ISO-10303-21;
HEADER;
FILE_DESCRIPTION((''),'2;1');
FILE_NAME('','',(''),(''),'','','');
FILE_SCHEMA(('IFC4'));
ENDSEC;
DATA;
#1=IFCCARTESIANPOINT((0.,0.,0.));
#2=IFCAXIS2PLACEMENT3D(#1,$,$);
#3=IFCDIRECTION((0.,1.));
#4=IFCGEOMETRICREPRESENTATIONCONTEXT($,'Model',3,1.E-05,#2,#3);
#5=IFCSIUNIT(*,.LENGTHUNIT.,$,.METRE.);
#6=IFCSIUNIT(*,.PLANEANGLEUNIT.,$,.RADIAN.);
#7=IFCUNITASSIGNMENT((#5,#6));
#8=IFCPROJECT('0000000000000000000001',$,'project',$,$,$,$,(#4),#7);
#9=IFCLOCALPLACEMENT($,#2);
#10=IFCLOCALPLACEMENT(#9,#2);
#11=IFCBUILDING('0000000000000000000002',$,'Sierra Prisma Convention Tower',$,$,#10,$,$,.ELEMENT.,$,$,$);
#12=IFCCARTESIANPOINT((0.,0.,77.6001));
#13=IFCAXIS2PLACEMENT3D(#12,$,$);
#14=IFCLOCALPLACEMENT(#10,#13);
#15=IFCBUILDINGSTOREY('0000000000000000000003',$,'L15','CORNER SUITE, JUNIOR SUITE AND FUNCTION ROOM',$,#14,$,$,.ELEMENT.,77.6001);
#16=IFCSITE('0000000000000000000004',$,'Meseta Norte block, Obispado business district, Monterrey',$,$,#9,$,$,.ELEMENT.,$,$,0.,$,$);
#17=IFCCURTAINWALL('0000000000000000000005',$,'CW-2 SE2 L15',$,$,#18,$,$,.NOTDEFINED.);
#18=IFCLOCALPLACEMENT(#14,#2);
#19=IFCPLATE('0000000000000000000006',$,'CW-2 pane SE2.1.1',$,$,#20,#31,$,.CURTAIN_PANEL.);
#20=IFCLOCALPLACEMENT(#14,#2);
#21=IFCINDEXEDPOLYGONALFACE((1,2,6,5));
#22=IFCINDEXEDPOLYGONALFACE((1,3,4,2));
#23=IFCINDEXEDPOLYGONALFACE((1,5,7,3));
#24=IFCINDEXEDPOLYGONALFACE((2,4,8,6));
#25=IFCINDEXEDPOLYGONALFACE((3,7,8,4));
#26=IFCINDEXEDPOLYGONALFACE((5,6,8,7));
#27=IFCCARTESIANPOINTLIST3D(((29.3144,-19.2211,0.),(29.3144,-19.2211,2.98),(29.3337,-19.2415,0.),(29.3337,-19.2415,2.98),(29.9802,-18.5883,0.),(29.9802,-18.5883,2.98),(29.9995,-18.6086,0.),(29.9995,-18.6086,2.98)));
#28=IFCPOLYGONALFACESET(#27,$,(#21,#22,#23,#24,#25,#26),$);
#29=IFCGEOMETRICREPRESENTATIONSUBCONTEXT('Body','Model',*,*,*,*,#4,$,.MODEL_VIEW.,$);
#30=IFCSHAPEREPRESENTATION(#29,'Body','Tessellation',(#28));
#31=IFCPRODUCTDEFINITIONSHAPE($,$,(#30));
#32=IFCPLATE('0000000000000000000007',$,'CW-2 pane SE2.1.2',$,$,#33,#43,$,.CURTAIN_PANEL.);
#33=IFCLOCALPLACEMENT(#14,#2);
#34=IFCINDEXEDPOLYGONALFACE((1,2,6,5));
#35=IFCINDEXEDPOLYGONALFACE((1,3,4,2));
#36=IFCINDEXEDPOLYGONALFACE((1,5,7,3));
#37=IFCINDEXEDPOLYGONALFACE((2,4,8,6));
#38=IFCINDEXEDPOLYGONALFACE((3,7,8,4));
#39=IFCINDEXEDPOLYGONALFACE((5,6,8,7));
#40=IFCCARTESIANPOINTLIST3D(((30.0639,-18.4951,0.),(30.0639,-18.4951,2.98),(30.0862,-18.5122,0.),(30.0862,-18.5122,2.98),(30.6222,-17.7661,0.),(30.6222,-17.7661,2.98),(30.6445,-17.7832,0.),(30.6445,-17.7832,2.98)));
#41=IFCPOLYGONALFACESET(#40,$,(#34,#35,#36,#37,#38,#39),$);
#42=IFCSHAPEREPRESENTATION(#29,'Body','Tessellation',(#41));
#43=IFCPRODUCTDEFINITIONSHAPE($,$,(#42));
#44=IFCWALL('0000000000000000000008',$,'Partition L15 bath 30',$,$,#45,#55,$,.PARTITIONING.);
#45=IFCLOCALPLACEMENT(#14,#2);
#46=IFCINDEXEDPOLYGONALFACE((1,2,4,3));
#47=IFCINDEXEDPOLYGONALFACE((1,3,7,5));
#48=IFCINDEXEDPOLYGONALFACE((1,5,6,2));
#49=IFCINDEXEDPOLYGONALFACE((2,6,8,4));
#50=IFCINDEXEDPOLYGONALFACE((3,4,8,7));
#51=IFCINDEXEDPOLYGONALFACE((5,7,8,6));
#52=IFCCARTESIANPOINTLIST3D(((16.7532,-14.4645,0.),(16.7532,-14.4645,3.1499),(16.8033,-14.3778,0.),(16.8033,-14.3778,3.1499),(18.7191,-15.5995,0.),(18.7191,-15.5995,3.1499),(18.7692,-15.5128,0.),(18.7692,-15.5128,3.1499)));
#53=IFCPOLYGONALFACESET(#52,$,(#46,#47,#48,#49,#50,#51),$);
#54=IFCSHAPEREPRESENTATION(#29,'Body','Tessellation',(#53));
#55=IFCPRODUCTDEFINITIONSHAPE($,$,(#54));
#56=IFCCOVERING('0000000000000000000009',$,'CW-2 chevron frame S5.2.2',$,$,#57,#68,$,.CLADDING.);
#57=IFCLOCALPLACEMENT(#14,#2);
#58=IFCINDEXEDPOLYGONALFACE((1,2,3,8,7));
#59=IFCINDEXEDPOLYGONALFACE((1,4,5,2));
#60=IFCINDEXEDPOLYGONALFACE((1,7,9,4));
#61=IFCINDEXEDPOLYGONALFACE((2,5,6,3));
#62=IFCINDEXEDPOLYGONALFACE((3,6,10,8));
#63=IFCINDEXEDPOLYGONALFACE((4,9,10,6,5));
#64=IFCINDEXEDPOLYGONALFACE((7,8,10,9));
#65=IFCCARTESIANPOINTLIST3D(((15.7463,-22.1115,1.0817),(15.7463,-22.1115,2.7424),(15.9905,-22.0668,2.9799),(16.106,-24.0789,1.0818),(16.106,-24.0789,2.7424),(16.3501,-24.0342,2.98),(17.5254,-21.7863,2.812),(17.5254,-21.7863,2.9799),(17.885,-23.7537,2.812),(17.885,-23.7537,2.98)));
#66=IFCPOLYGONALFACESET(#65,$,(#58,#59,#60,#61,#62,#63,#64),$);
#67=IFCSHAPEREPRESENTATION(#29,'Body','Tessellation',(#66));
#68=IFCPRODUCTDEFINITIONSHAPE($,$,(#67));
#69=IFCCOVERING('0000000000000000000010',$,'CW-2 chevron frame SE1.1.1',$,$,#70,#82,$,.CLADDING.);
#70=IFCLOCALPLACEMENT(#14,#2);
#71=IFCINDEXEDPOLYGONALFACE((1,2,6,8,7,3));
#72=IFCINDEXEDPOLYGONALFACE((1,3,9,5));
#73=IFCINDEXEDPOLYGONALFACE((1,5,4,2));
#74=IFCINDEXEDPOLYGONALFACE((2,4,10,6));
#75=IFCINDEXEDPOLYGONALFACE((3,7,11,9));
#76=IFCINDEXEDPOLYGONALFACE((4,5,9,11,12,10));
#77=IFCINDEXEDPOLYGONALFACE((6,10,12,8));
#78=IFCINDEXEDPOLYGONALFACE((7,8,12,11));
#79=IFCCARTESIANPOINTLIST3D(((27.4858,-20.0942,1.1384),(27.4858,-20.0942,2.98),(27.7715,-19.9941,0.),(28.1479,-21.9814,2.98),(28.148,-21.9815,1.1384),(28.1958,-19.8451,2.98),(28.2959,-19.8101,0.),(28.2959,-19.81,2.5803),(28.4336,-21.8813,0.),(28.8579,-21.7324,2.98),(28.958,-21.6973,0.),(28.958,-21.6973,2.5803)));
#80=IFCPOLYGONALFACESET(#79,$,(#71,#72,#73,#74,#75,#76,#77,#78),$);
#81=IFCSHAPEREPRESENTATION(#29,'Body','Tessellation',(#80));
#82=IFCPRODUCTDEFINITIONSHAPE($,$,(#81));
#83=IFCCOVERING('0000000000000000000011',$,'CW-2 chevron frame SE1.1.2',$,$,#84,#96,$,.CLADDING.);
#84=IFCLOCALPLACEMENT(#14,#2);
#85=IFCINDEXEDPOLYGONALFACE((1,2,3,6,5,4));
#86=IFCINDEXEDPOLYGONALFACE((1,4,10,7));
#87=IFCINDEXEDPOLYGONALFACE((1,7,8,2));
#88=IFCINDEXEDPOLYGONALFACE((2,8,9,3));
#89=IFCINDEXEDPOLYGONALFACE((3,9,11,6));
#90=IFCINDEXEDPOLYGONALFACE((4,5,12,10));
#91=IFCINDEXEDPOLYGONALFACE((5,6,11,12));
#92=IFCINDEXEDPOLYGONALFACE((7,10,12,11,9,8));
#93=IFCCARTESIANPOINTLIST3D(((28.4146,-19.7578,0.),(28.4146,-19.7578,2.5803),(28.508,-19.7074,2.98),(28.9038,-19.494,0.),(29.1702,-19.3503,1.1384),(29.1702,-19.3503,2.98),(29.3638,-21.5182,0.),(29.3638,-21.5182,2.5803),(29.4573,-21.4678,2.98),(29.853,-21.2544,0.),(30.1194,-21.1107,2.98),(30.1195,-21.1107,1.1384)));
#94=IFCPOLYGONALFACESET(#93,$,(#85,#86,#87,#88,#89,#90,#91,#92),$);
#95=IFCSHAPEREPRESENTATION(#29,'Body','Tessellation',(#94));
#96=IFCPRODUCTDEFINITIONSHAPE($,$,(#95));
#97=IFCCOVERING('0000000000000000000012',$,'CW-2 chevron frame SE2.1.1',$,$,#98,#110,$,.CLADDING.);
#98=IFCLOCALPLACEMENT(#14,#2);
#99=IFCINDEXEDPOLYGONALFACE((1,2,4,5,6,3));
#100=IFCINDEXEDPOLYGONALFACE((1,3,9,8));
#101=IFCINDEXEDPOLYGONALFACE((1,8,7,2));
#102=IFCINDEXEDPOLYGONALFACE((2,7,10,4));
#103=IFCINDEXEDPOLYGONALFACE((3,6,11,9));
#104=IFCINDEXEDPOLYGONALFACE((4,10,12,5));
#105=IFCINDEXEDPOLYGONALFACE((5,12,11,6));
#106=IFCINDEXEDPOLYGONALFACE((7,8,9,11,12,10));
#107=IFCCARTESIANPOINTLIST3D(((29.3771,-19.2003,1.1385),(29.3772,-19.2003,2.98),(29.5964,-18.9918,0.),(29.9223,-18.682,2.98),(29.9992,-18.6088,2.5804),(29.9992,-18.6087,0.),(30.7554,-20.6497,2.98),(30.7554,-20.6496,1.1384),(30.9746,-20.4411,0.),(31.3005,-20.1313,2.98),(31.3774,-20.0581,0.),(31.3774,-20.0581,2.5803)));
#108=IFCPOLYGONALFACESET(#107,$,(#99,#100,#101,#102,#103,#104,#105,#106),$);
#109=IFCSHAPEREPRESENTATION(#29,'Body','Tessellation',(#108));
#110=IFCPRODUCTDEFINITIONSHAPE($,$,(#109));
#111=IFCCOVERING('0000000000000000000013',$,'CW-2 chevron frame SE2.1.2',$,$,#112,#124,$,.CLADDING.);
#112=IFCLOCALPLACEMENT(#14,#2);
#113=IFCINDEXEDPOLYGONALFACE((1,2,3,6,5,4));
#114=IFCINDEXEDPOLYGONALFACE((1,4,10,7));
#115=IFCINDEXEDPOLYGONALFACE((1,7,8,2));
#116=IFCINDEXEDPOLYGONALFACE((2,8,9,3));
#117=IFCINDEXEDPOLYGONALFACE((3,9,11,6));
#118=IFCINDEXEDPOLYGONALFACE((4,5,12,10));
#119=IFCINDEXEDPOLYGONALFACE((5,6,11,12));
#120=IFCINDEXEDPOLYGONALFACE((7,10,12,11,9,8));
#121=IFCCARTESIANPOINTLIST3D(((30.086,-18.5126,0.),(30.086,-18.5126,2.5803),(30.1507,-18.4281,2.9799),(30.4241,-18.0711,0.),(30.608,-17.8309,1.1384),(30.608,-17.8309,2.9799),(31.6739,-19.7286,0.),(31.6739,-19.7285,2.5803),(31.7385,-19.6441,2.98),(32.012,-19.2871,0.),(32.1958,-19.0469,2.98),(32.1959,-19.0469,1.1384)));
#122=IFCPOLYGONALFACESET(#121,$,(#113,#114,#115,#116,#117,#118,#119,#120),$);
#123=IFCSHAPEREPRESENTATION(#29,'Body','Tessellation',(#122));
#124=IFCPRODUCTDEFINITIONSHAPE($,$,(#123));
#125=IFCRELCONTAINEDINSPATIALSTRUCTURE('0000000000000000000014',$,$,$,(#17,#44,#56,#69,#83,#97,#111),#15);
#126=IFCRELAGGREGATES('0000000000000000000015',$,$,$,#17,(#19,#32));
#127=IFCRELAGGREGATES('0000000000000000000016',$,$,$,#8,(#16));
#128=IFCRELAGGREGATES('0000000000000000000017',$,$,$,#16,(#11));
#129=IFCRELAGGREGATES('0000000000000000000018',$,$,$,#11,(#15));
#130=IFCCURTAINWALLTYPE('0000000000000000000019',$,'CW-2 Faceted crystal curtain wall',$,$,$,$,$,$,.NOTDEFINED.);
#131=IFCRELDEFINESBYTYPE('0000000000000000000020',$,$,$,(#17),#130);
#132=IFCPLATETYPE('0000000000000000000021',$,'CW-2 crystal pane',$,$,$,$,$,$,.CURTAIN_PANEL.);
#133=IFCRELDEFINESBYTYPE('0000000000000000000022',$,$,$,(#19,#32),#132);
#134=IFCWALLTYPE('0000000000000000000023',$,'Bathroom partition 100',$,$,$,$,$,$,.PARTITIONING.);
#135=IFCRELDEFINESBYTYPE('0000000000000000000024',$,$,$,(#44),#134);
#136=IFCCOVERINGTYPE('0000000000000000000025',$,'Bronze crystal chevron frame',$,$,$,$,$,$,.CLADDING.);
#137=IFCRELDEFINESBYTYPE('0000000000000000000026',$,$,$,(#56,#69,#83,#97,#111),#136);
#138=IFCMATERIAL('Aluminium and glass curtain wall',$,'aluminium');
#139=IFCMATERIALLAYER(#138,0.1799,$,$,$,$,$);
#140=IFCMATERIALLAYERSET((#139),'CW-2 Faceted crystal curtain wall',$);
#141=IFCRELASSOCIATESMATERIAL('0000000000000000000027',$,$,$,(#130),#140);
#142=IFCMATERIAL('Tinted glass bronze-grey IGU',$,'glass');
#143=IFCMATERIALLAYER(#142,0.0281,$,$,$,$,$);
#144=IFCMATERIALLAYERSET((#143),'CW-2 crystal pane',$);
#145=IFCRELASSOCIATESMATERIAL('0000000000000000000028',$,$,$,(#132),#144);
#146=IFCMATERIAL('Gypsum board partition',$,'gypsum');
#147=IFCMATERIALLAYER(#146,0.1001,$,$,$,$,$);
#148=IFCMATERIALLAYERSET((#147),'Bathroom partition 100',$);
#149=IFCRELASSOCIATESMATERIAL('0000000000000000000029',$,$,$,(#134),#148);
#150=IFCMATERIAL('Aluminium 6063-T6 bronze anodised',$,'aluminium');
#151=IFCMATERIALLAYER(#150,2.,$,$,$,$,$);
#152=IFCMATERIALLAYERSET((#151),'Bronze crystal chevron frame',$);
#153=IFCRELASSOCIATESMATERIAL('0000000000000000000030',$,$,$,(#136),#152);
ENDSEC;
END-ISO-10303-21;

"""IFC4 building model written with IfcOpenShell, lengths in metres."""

from ifc_helpers import new_model, si_unit, direction, frame, frame_2d, origin, place, context, subcontext, project, spatial, polyline, rectangle, outline, extrude, material, layer, layer_set, type_object, element, aggregate, save


model = new_model("IFC4")

# Units and contexts
model_context = context("Model", 3, precision=1e-05, world=origin(), true_north=direction((0.0, 1.0)))
body_context = subcontext(model_context, "Body", "Model", "MODEL_VIEW")
ifc_project = project(units=[si_unit("LENGTHUNIT", "METRE"), si_unit("PLANEANGLEUNIT", "RADIAN")], contexts=[model_context])

# Site, building, storey
site_placement = place(None, origin())
site = spatial("IfcSite", under=ifc_project, at=site_placement, Name="Meseta Norte block, Obispado business district, Monterrey", CompositionType="ELEMENT", RefElevation=0.0)
building_placement = place(site_placement, origin())
building = spatial("IfcBuilding", under=site, at=building_placement, Name="Sierra Prisma Convention Tower", CompositionType="ELEMENT")
storey_placement = place(building_placement, frame((0.0, 0.0, 77.6001)))
storey = spatial("IfcBuildingStorey", under=building, at=storey_placement, Name="L15", Description="CORNER SUITE, JUNIOR SUITE AND FUNCTION ROOM", CompositionType="ELEMENT", Elevation=77.6001)

# Curtain wall
ifc_material_1 = material(Name="Aluminium and glass curtain wall", Category="aluminium")
ifc_layer_1 = layer(ifc_material_1, 0.1799)
ifc_layer_set_1 = layer_set([ifc_layer_1], Name="CW-2 Faceted crystal curtain wall")
curtain_wall_type_1 = type_object("IfcCurtainWallType", Name="CW-2 Faceted crystal curtain wall", PredefinedType="NOTDEFINED", material=ifc_layer_set_1)
curtain_wall_1_placement = place(storey_placement, origin())
curtain_wall_1 = element("IfcCurtainWall", 1, at=curtain_wall_1_placement, inside=storey, type_object=curtain_wall_type_1, Name="CW-2 SE2 L15", PredefinedType="NOTDEFINED")

# Plates
ifc_material_2 = material(Name="Tinted glass bronze-grey IGU", Category="glass")
ifc_layer_2 = layer(ifc_material_2, 0.0281)
ifc_layer_set_2 = layer_set([ifc_layer_2], Name="CW-2 crystal pane")
plate_type_1 = type_object("IfcPlateType", Name="CW-2 crystal pane", PredefinedType="CURTAIN_PANEL", material=ifc_layer_set_2)
plate_1_placement = place(storey_placement, frame((29.3337, -19.2415, 0.0), z_axis=(0.688938, -0.72482, 0.0), x_axis=(0.72482, 0.688938, 0.0)))
plate_1 = element("IfcPlate", 2, at=plate_1_placement, type_object=plate_type_1, Name="CW-2 pane SE2.1.1", PredefinedType="CURTAIN_PANEL", context=body_context, shape_type="SweptSolid", body=[
    extrude(outline(polyline([(0.0, 0.0), (0.9185, 0.0), (0.9185, 2.98), (0.0, 2.98), (0.0, 0.0)])), origin(), (0.0, 0.0, -1.0), 0.0281),
])
plate_2_placement = place(storey_placement, frame((30.6445, -17.7832, 0.0), z_axis=(0.793897, -0.608052, 0.0), x_axis=(-0.608052, -0.793897, 0.0)))
plate_2 = element("IfcPlate", 3, at=plate_2_placement, type_object=plate_type_1, Name="CW-2 pane SE2.1.2", PredefinedType="CURTAIN_PANEL", context=body_context, shape_type="SweptSolid", body=[
    extrude(outline(polyline([(0.0, 0.0), (0.9183, 0.0), (0.9183, -2.98), (0.0, -2.98), (0.0, 0.0)])), origin(), (0.0, 0.0, -1.0), 0.0281),
])
aggregate(curtain_wall_1, [plate_1, plate_2])

# Wall
ifc_material_3 = material(Name="Gypsum board partition", Category="gypsum")
ifc_layer_3 = layer(ifc_material_3, 0.1001)
ifc_layer_set_3 = layer_set([ifc_layer_3], Name="Bathroom partition 100")
wall_type = type_object("IfcWallType", Name="Bathroom partition 100", PredefinedType="PARTITIONING", material=ifc_layer_set_3)
wall_placement = place(storey_placement, frame((18.7441, -15.5562, 0.0), z_axis=(0.0, 0.0, 1.0), x_axis=(-0.866017, 0.500014, 0.0)))
element("IfcWall", 4, at=wall_placement, inside=storey, type_object=wall_type, Name="Partition L15 bath 30", PredefinedType="PARTITIONING", context=body_context, shape_type="SweptSolid", body=[
    extrude(rectangle(XDim=2.27, YDim=0.1001, at=frame_2d((1.135, 0.0))), origin(), (0.0, 0.0, 1.0), 3.1499),
])

# Coverings
ifc_material_4 = material(Name="Aluminium 6063-T6 bronze anodised", Category="aluminium")
ifc_layer_4 = layer(ifc_material_4, 2.0)
ifc_layer_set_4 = layer_set([ifc_layer_4], Name="Bronze crystal chevron frame")
covering_type = type_object("IfcCoveringType", Name="Bronze crystal chevron frame", PredefinedType="CLADDING", material=ifc_layer_set_4)
covering_1_placement = place(storey_placement, frame((17.885, -23.7537, 2.98), z_axis=(0.179809, -0.983702, 0.000025), x_axis=(-0.983702, -0.179809, 0.0)))
element("IfcCovering", 5, at=covering_1_placement, inside=storey, type_object=covering_type, Name="CW-2 chevron frame S5.2.2", PredefinedType="CLADDING", context=body_context, shape_type="SweptSolid", body=[
    extrude(outline(polyline([(0.0, 0.0), (1.5603, 0.0), (1.8085, 0.2375), (1.8085, 1.8982), (0.0, 0.168), (0.0, 0.0)])), origin(), (0.0, 0.0, -1.0), 2.0),
])
covering_2_placement = place(storey_placement, frame((28.1479, -21.9814, 2.98), z_axis=(0.331055, -0.943611, 0.000012), x_axis=(0.000004, -0.000011, -1.0)))
element("IfcCovering", 6, at=covering_2_placement, inside=storey, type_object=covering_type, Name="CW-2 chevron frame SE1.1.1", PredefinedType="CLADDING", context=body_context, shape_type="SweptSolid", body=[
    extrude(outline(polyline([(0.0, 0.0), (1.8416, 0.0), (2.98, 0.3027), (2.98, 0.8585), (0.3997, 0.8585), (0.0, 0.7524), (0.0, 0.0)])), origin(), (0.0, 0.0, -1.0), 2.0),
])
covering_3_placement = place(storey_placement, frame((29.853, -21.2544, 0.0), z_axis=(0.47462, -0.880191, 0.000005), x_axis=(0.226172, 0.121963, 0.966422)))
element("IfcCovering", 7, at=covering_3_placement, inside=storey, type_object=covering_type, Name="CW-2 chevron frame SE1.1.2", PredefinedType="CLADDING", context=body_context, shape_type="SweptSolid", body=[
    extrude(outline(polyline([(0.0, 0.0), (1.178, 0.0), (2.9577, 0.4732), (2.7644, 1.2003), (2.3509, 1.2002), (-0.1428, 0.5371), (0.0, 0.0)])), origin(), (0.0, 0.0, -1.0), 2.0),
])
covering_4_placement = place(storey_placement, frame((30.7554, -20.6497, 2.98), z_axis=(0.689102, -0.724665, -0.000016), x_axis=(-0.000011, 0.000012, -1.0)))
element("IfcCovering", 8, at=covering_4_placement, inside=storey, type_object=covering_type, Name="CW-2 chevron frame SE2.1.1", PredefinedType="CLADDING", context=body_context, shape_type="SweptSolid", body=[
    extrude(outline(polyline([(0.0, 0.0), (1.8416, 0.0), (2.98, 0.3025), (2.98, 0.8584), (0.3997, 0.8584), (0.0, 0.7522), (0.0, 0.0)])), origin(), (0.0, 0.0, -1.0), 2.0),
])
covering_5_placement = place(storey_placement, frame((32.012, -19.2871, 0.0), z_axis=(0.79394, -0.607996, 0.000016), x_axis=(0.156127, 0.203901, 0.966462)))
element("IfcCovering", 9, at=covering_5_placement, inside=storey, type_object=covering_type, Name="CW-2 chevron frame SE2.1.2", PredefinedType="CLADDING", context=body_context, shape_type="SweptSolid", body=[
    extrude(outline(polyline([(0.0, 0.0), (1.1779, 0.0), (2.9577, 0.4729), (2.7646, 1.1998), (2.351, 1.2), (-0.1428, 0.5374), (0.0, 0.0)])), origin(), (0.0, 0.0, -1.0), 2.0),
])

save(model, "model.ifc")
